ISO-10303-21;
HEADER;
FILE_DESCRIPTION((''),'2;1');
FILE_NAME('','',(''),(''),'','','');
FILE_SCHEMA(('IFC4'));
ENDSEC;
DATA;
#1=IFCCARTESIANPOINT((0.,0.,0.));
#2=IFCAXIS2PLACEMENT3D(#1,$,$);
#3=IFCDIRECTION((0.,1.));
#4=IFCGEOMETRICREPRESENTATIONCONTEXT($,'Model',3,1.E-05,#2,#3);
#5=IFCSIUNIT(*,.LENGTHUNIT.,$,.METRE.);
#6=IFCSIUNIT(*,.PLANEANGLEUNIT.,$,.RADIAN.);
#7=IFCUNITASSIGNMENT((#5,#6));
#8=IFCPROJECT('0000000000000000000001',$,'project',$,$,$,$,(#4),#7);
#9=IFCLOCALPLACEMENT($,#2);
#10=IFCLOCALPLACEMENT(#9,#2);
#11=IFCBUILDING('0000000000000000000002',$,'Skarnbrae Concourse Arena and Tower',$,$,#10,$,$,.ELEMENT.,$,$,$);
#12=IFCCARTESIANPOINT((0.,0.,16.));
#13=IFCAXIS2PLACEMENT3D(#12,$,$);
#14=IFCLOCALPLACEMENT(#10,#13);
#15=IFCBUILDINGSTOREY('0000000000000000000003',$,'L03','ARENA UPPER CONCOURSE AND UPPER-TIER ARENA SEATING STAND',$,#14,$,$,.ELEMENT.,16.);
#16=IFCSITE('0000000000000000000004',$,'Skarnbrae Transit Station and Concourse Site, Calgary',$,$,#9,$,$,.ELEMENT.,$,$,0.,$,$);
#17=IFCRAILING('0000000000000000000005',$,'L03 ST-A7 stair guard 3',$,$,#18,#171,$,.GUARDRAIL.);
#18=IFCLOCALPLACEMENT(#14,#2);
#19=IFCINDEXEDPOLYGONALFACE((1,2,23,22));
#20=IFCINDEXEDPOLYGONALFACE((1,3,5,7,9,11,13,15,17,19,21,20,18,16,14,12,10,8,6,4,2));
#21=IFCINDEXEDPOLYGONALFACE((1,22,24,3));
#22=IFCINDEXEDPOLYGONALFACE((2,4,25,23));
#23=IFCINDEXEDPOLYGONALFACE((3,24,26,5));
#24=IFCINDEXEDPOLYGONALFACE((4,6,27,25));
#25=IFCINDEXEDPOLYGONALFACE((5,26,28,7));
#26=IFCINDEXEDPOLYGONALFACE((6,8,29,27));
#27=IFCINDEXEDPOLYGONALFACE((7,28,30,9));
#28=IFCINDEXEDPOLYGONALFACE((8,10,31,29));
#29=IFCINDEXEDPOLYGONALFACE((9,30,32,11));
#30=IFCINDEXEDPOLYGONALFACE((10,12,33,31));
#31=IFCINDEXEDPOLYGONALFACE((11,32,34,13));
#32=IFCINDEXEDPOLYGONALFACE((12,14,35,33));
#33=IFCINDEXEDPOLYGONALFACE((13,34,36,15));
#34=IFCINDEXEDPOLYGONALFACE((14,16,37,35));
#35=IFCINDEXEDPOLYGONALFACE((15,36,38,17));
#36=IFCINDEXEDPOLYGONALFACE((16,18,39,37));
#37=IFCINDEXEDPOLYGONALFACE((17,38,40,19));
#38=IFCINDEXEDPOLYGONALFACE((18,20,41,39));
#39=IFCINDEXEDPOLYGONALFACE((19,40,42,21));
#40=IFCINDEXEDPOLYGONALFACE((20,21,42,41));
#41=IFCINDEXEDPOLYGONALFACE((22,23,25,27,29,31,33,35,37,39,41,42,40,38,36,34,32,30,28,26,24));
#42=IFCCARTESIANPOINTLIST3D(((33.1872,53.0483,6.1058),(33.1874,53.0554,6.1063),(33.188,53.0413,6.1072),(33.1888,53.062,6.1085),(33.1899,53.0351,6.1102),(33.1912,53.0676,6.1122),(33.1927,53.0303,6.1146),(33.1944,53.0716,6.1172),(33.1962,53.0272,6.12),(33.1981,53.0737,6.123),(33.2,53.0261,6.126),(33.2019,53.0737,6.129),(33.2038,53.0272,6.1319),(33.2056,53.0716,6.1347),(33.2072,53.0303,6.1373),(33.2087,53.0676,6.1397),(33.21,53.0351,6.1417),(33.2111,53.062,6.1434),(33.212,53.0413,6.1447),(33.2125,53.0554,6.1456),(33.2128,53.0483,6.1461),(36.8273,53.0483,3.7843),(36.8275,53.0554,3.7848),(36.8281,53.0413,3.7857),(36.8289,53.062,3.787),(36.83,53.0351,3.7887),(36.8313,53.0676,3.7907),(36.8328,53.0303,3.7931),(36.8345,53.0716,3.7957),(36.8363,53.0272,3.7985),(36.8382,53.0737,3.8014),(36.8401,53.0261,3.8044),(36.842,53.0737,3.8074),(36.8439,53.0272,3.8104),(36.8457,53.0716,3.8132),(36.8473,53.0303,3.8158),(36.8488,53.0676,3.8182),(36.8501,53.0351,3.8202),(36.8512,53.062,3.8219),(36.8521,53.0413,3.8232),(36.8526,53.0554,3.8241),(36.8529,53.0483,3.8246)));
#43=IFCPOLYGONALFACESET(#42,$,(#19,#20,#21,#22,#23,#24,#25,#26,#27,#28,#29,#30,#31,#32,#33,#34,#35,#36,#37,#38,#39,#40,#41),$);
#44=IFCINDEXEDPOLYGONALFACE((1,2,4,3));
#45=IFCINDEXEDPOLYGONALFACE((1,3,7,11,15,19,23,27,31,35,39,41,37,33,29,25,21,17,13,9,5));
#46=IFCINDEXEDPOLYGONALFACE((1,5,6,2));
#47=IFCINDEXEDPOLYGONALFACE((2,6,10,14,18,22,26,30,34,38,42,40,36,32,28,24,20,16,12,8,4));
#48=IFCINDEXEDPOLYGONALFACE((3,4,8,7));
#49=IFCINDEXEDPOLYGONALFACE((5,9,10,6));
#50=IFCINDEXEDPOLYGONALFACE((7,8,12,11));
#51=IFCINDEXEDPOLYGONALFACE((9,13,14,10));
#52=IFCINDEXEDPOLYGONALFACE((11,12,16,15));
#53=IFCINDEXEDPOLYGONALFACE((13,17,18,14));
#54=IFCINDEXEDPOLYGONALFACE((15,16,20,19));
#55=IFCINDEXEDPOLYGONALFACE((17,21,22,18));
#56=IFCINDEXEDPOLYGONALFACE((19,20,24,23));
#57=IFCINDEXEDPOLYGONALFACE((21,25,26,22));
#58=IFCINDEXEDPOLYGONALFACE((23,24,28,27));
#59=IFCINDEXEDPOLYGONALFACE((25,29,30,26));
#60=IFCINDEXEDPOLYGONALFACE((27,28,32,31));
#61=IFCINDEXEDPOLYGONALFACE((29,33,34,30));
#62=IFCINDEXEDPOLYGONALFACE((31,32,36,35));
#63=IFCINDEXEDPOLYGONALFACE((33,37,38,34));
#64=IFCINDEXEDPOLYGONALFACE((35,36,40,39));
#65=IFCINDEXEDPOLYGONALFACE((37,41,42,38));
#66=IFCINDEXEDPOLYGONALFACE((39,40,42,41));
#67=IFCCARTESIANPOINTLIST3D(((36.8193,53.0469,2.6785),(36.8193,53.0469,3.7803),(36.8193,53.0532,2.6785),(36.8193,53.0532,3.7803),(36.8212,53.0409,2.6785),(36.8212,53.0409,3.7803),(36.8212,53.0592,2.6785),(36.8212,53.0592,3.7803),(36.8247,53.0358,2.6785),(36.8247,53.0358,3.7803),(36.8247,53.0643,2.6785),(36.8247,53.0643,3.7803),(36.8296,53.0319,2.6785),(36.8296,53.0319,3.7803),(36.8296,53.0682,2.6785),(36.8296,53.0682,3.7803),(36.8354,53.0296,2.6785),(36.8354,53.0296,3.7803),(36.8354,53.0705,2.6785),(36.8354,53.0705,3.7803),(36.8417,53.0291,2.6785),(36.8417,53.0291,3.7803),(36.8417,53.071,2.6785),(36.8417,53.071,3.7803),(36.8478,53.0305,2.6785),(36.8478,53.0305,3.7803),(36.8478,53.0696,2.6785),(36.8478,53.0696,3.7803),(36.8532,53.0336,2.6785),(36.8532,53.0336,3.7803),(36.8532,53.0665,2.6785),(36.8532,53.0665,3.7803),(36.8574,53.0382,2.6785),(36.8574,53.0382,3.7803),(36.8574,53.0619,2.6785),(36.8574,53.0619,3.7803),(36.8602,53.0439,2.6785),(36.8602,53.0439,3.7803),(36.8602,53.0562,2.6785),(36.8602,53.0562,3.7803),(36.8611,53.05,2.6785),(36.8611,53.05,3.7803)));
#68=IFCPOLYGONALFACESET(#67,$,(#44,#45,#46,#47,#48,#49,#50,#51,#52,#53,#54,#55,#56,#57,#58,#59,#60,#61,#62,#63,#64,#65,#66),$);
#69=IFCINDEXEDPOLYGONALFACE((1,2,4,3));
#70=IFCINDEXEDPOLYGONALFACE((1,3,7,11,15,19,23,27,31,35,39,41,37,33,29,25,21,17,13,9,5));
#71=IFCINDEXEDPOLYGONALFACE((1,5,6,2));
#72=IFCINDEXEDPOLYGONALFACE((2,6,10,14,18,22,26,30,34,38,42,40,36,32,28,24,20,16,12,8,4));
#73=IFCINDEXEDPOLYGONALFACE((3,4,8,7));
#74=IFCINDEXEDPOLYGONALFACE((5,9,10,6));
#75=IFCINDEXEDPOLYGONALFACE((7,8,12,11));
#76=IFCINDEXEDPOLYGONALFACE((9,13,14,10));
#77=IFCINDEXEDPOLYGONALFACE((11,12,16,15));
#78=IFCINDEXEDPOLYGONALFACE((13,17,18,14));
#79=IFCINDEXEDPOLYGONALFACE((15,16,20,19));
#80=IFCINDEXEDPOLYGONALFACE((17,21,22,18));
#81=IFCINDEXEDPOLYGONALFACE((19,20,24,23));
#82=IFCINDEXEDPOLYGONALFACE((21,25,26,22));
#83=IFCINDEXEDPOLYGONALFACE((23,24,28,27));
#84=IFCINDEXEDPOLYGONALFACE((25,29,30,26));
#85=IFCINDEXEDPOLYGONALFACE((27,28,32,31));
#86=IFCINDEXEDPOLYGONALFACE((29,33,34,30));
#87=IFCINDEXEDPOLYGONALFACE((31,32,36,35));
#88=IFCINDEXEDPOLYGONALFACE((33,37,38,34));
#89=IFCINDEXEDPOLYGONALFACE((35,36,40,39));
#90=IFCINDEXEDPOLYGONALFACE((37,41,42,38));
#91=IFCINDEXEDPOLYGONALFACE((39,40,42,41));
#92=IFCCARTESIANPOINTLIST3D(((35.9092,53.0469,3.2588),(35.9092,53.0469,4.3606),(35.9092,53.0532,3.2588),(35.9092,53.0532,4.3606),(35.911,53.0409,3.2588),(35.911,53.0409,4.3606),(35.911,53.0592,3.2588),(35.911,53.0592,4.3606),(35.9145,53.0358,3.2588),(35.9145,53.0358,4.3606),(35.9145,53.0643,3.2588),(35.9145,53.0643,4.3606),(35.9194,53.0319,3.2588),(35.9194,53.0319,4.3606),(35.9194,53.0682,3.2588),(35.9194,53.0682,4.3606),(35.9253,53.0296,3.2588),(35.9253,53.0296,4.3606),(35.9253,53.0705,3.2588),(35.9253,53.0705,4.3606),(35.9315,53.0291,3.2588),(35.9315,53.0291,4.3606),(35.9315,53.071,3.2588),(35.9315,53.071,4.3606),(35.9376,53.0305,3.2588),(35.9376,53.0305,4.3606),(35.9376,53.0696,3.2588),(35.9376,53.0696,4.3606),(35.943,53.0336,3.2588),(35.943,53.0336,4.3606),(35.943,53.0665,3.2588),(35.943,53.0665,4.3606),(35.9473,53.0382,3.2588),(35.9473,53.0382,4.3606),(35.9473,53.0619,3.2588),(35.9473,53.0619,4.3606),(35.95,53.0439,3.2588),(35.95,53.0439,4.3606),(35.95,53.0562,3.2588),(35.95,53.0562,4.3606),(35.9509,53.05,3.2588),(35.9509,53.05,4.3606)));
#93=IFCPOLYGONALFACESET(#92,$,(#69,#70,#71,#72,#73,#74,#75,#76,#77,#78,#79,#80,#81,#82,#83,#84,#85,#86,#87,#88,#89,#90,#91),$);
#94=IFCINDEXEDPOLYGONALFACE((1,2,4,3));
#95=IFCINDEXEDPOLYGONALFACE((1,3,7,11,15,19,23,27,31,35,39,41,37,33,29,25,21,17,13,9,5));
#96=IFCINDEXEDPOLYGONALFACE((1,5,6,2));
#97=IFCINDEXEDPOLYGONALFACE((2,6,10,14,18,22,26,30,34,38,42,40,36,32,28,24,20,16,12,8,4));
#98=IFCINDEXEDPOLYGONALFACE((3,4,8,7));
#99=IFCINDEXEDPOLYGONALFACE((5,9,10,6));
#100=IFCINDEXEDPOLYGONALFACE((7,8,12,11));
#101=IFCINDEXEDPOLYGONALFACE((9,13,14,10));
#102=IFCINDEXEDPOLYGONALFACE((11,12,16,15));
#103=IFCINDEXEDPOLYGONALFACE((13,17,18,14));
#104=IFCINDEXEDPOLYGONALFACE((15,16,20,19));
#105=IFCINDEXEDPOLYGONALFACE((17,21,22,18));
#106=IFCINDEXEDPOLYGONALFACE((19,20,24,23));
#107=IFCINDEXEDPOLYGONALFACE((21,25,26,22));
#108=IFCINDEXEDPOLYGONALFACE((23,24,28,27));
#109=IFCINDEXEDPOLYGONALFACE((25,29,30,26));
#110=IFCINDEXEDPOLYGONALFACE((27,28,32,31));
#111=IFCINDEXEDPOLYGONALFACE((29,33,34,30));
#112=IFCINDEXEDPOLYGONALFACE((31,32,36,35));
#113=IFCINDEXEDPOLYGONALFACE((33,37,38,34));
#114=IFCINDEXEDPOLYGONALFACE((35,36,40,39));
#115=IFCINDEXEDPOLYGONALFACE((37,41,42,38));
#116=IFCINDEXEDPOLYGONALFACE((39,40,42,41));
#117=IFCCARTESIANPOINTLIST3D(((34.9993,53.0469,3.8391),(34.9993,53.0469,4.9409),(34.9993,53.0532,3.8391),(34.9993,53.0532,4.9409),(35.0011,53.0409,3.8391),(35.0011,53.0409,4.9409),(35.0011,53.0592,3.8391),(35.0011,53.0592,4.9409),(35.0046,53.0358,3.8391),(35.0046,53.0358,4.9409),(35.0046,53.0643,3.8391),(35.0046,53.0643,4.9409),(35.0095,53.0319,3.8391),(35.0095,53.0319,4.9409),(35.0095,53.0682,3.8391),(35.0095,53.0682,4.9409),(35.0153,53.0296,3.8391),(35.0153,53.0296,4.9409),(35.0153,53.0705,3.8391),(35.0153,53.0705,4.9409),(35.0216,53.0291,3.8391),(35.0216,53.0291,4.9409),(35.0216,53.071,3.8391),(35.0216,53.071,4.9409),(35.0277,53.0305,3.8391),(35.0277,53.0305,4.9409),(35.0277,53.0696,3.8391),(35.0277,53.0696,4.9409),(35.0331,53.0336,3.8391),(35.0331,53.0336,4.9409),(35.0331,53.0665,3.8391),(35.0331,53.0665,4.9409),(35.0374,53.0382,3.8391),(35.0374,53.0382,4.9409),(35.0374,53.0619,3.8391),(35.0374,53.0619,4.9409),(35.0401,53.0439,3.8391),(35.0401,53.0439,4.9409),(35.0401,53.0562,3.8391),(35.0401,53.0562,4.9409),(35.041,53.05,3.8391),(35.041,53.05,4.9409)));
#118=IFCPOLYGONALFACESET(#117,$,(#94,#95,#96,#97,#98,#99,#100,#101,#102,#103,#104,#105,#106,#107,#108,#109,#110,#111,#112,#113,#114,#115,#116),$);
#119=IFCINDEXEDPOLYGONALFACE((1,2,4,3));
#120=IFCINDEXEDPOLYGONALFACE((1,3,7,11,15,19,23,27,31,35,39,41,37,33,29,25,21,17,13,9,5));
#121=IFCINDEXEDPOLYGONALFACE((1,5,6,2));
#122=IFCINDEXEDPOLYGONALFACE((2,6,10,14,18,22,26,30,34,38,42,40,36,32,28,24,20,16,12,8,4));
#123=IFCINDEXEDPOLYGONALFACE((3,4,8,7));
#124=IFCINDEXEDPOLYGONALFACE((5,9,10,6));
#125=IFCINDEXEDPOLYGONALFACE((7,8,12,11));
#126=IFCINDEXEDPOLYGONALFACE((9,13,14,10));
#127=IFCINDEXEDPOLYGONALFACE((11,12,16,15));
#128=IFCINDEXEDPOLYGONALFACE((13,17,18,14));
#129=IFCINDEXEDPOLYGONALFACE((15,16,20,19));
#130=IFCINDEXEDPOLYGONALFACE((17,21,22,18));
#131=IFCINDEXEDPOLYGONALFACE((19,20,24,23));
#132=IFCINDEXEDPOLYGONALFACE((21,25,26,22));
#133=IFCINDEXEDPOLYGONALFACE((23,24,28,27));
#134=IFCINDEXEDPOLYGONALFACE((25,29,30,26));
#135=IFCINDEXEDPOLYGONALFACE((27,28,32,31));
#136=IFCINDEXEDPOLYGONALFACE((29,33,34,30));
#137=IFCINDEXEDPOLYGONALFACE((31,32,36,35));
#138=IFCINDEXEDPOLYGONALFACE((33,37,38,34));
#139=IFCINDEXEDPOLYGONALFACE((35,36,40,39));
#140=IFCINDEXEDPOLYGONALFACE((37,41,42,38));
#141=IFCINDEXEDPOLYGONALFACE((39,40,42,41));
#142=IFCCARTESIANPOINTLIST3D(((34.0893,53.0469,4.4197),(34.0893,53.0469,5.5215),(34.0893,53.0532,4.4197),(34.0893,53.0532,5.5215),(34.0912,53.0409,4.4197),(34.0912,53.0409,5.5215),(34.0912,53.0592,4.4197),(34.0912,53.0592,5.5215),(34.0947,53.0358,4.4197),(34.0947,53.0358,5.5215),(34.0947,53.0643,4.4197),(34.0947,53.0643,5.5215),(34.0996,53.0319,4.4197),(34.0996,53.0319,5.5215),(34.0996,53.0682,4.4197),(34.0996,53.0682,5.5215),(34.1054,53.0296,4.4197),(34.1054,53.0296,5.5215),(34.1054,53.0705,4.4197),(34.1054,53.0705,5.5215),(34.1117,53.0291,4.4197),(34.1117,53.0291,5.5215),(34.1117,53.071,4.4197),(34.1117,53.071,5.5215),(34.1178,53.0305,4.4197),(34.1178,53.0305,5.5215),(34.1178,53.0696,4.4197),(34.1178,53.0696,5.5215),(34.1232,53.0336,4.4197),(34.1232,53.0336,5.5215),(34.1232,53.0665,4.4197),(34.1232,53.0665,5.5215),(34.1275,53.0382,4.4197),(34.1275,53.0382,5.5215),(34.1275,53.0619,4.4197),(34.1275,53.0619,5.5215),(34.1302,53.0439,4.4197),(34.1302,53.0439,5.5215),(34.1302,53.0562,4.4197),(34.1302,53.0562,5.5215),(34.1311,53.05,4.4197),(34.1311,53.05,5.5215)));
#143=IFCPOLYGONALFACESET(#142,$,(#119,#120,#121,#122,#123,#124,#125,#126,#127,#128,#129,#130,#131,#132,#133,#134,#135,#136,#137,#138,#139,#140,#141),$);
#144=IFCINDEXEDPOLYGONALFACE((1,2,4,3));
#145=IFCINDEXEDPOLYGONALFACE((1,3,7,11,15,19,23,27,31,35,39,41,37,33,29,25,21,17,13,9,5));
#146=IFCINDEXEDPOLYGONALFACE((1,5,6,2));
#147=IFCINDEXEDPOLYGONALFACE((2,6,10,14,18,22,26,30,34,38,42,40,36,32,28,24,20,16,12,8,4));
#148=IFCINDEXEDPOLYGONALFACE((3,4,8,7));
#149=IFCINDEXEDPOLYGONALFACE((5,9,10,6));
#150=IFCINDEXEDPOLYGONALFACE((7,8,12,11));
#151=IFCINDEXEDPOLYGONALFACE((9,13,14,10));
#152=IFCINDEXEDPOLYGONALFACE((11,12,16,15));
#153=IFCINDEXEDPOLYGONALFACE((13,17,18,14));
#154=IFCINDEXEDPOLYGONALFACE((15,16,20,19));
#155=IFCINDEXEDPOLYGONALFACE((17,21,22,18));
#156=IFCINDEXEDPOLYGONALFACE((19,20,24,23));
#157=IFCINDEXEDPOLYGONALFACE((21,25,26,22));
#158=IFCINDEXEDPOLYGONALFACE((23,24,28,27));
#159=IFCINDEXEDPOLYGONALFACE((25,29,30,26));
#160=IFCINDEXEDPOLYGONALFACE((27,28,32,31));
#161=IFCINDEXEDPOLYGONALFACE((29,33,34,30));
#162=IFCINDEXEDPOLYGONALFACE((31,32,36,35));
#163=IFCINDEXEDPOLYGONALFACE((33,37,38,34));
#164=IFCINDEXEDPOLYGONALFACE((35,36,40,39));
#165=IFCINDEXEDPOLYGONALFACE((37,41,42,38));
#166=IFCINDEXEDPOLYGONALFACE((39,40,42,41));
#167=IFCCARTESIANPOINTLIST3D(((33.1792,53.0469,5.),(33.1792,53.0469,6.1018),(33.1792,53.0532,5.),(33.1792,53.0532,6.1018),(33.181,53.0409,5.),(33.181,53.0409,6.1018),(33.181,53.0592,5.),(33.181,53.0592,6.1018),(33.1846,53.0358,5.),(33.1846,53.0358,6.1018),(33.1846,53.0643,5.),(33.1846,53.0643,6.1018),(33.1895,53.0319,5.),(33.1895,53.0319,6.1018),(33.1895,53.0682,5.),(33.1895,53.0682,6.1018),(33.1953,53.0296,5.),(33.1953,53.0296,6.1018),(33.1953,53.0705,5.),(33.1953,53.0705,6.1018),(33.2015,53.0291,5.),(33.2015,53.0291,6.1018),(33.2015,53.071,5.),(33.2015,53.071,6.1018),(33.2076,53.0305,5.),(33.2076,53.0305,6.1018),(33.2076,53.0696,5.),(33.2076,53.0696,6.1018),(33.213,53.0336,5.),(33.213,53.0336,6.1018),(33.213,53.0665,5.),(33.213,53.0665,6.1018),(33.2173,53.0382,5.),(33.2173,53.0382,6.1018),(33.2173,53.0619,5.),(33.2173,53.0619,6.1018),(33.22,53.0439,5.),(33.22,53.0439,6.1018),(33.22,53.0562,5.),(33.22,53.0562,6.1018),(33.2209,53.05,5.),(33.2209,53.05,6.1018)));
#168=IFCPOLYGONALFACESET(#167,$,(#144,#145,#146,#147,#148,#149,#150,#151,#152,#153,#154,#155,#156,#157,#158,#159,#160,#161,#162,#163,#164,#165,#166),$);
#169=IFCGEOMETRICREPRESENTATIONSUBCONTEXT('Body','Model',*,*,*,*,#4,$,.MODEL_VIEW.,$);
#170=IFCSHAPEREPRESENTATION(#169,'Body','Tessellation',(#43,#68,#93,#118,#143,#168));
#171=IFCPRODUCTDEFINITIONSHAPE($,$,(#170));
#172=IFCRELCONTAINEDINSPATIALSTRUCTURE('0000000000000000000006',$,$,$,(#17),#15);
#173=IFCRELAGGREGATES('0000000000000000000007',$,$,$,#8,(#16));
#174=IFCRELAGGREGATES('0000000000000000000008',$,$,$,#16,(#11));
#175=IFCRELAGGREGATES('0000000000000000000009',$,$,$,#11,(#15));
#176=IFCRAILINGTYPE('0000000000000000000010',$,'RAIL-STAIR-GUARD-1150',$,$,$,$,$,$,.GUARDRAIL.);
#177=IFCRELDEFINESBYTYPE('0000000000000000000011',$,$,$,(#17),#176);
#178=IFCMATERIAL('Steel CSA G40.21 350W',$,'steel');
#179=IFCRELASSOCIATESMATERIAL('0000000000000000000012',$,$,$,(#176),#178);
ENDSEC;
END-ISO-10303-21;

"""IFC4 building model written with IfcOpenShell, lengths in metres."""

from ifc_helpers import new_model, si_unit, direction, frame, origin, origin_2d, place, context, subcontext, project, spatial, circle, extrude, material, type_object, element, save


model = new_model("IFC4")

# Units and contexts
model_context = context("Model", 3, precision=1e-05, world=origin(), true_north=direction((0.0, 1.0)))
body_context = subcontext(model_context, "Body", "Model", "MODEL_VIEW")
ifc_project = project(units=[si_unit("LENGTHUNIT", "METRE"), si_unit("PLANEANGLEUNIT", "RADIAN")], contexts=[model_context])

# Site, building, storey
site_placement = place(None, origin())
site = spatial("IfcSite", under=ifc_project, at=site_placement, Name="Skarnbrae Transit Station and Concourse Site, Calgary", CompositionType="ELEMENT", RefElevation=0.0)
building_placement = place(site_placement, origin())
building = spatial("IfcBuilding", under=site, at=building_placement, Name="Skarnbrae Concourse Arena and Tower", CompositionType="ELEMENT")
storey_placement = place(building_placement, frame((0.0, 0.0, 16.0)))
storey = spatial("IfcBuildingStorey", under=building, at=storey_placement, Name="L03", Description="ARENA UPPER CONCOURSE AND UPPER-TIER ARENA SEATING STAND", CompositionType="ELEMENT", Elevation=16.0)

# Shared definitions
ifc_material_1 = material(Name="Steel CSA G40.21 350W", Category="steel")

# Railing
railing_type_1 = type_object("IfcRailingType", Name="RAIL-STAIR-GUARD-1150", PredefinedType="GUARDRAIL", material=ifc_material_1)
railing_1_placement = place(storey_placement, frame((36.8401, 53.05, 2.6785)))
element("IfcRailing", 1, at=railing_1_placement, inside=storey, type_object=railing_type_1, Name="L03 ST-A7 stair guard 3", PredefinedType="GUARDRAIL", context=body_context, shape_type="SweptSolid", body=[
    extrude(circle(Radius=0.0239, at=origin_2d()), frame((0.0, 0.0, 1.126), z_axis=(-0.843128, 0.0, 0.537713), x_axis=(0.0, -1.0, 0.0)), (0.0, 0.0, 1.0), 4.3174),
    extrude(circle(Radius=0.021, at=origin_2d()), origin(), (0.0, 0.0, 1.0), 1.1018),
    extrude(circle(Radius=0.021, at=origin_2d()), frame((-0.9102, 0.0, 0.5803)), (0.0, 0.0, 1.0), 1.1018),
    extrude(circle(Radius=0.021, at=origin_2d()), frame((-1.8201, 0.0, 1.1606)), (0.0, 0.0, 1.0), 1.1018),
    extrude(circle(Radius=0.021, at=origin_2d()), frame((-2.73, 0.0, 1.7412)), (0.0, 0.0, 1.0), 1.1018),
    extrude(circle(Radius=0.021, at=origin_2d()), frame((-3.6401, 0.0, 2.3215)), (0.0, 0.0, 1.0), 1.1018),
])

save(model, "model.ifc")
